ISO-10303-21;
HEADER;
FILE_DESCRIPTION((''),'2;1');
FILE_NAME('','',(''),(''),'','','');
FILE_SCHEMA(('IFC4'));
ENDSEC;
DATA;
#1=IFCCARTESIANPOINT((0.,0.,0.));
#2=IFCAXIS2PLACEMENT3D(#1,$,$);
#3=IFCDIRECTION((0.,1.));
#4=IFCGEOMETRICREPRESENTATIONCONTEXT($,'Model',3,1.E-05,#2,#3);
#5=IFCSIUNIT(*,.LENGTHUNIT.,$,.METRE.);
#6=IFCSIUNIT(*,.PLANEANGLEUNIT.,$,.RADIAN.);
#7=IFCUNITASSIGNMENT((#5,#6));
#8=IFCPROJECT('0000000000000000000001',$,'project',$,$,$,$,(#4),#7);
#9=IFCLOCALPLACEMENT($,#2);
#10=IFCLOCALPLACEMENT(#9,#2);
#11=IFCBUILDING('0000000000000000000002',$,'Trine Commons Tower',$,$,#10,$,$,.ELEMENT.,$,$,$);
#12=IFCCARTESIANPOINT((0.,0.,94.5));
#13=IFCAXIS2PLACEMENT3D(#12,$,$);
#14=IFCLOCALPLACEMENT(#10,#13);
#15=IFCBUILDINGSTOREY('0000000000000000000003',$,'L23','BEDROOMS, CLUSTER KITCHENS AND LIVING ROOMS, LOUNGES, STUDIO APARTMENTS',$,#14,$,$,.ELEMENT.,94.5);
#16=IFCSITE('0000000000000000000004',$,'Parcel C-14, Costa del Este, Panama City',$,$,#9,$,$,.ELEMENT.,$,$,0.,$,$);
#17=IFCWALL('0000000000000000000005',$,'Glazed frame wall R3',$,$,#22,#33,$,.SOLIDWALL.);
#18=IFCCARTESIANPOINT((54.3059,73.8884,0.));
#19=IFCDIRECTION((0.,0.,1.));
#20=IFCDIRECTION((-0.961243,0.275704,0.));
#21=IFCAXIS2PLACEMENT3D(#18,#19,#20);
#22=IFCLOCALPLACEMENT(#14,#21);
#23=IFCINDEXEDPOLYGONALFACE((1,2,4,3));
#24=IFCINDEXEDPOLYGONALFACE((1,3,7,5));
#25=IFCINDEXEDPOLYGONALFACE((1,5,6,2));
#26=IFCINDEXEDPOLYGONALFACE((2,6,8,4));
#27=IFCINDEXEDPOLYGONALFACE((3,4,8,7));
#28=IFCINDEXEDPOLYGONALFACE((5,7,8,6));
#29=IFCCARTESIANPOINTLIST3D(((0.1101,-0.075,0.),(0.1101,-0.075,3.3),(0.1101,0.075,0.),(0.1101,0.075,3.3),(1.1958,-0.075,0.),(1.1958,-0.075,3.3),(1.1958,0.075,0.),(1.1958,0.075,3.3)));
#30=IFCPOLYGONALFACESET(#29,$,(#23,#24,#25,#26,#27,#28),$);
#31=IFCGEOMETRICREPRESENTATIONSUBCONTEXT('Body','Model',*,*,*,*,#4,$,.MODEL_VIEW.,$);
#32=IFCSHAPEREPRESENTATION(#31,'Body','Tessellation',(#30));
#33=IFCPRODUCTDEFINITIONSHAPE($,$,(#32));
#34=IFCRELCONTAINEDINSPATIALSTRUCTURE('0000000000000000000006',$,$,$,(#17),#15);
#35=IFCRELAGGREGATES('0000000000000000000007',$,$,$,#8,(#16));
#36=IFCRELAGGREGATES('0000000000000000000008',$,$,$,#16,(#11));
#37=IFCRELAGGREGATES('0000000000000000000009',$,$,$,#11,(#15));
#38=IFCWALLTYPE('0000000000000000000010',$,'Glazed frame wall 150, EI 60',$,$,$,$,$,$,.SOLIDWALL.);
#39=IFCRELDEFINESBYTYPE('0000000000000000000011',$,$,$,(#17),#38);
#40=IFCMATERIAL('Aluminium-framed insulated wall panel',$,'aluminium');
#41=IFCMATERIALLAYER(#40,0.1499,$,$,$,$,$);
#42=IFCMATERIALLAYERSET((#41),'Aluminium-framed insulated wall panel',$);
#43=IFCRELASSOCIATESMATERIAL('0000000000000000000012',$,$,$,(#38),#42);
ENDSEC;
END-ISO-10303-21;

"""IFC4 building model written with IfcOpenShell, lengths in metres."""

from ifc_helpers import new_model, si_unit, direction, frame, origin, place, context, subcontext, project, spatial, polyline, outline, extrude, material, layer, layer_set, type_object, element, save


model = new_model("IFC4")

# Units and contexts
model_context = context("Model", 3, precision=1e-05, world=origin(), true_north=direction((0.0, 1.0)))
body_context = subcontext(model_context, "Body", "Model", "MODEL_VIEW")
ifc_project = project(units=[si_unit("LENGTHUNIT", "METRE"), si_unit("PLANEANGLEUNIT", "RADIAN")], contexts=[model_context])

# Site, building, storey
site_placement = place(None, origin())
site = spatial("IfcSite", under=ifc_project, at=site_placement, Name="Parcel C-14, Costa del Este, Panama City", CompositionType="ELEMENT", RefElevation=0.0)
building_placement = place(site_placement, origin())
building = spatial("IfcBuilding", under=site, at=building_placement, Name="Trine Commons Tower", CompositionType="ELEMENT")
storey_placement = place(building_placement, frame((0.0, 0.0, 94.5)))
storey = spatial("IfcBuildingStorey", under=building, at=storey_placement, Name="L23", Description="BEDROOMS, CLUSTER KITCHENS AND LIVING ROOMS, LOUNGES, STUDIO APARTMENTS", CompositionType="ELEMENT", Elevation=94.5)

# Shared definitions
ifc_material_1 = material(Name="Aluminium-framed insulated wall panel", Category="aluminium")
ifc_layer_1 = layer(ifc_material_1, 0.1499)
ifc_layer_set_1 = layer_set([ifc_layer_1], Name="Aluminium-framed insulated wall panel")
wall_type_1 = type_object("IfcWallType", Name="Glazed frame wall 150, EI 60", PredefinedType="SOLIDWALL", material=ifc_layer_set_1)

# Wall
wall_1_placement = place(storey_placement, frame((54.3059, 73.8884, 0.0), z_axis=(0.0, 0.0, 1.0), x_axis=(-0.961243, 0.275704, 0.0)))
element("IfcWall", 1, at=wall_1_placement, inside=storey, type_object=wall_type_1, Name="Glazed frame wall R3", PredefinedType="SOLIDWALL", context=body_context, shape_type="SweptSolid", body=[
    extrude(outline(polyline([(0.1101, 0.075), (0.1101, -0.075), (1.1958, -0.075), (1.1958, 0.075), (0.1101, 0.075)])), origin(), (0.0, 0.0, 1.0), 3.3),
])

save(model, "model.ifc")
